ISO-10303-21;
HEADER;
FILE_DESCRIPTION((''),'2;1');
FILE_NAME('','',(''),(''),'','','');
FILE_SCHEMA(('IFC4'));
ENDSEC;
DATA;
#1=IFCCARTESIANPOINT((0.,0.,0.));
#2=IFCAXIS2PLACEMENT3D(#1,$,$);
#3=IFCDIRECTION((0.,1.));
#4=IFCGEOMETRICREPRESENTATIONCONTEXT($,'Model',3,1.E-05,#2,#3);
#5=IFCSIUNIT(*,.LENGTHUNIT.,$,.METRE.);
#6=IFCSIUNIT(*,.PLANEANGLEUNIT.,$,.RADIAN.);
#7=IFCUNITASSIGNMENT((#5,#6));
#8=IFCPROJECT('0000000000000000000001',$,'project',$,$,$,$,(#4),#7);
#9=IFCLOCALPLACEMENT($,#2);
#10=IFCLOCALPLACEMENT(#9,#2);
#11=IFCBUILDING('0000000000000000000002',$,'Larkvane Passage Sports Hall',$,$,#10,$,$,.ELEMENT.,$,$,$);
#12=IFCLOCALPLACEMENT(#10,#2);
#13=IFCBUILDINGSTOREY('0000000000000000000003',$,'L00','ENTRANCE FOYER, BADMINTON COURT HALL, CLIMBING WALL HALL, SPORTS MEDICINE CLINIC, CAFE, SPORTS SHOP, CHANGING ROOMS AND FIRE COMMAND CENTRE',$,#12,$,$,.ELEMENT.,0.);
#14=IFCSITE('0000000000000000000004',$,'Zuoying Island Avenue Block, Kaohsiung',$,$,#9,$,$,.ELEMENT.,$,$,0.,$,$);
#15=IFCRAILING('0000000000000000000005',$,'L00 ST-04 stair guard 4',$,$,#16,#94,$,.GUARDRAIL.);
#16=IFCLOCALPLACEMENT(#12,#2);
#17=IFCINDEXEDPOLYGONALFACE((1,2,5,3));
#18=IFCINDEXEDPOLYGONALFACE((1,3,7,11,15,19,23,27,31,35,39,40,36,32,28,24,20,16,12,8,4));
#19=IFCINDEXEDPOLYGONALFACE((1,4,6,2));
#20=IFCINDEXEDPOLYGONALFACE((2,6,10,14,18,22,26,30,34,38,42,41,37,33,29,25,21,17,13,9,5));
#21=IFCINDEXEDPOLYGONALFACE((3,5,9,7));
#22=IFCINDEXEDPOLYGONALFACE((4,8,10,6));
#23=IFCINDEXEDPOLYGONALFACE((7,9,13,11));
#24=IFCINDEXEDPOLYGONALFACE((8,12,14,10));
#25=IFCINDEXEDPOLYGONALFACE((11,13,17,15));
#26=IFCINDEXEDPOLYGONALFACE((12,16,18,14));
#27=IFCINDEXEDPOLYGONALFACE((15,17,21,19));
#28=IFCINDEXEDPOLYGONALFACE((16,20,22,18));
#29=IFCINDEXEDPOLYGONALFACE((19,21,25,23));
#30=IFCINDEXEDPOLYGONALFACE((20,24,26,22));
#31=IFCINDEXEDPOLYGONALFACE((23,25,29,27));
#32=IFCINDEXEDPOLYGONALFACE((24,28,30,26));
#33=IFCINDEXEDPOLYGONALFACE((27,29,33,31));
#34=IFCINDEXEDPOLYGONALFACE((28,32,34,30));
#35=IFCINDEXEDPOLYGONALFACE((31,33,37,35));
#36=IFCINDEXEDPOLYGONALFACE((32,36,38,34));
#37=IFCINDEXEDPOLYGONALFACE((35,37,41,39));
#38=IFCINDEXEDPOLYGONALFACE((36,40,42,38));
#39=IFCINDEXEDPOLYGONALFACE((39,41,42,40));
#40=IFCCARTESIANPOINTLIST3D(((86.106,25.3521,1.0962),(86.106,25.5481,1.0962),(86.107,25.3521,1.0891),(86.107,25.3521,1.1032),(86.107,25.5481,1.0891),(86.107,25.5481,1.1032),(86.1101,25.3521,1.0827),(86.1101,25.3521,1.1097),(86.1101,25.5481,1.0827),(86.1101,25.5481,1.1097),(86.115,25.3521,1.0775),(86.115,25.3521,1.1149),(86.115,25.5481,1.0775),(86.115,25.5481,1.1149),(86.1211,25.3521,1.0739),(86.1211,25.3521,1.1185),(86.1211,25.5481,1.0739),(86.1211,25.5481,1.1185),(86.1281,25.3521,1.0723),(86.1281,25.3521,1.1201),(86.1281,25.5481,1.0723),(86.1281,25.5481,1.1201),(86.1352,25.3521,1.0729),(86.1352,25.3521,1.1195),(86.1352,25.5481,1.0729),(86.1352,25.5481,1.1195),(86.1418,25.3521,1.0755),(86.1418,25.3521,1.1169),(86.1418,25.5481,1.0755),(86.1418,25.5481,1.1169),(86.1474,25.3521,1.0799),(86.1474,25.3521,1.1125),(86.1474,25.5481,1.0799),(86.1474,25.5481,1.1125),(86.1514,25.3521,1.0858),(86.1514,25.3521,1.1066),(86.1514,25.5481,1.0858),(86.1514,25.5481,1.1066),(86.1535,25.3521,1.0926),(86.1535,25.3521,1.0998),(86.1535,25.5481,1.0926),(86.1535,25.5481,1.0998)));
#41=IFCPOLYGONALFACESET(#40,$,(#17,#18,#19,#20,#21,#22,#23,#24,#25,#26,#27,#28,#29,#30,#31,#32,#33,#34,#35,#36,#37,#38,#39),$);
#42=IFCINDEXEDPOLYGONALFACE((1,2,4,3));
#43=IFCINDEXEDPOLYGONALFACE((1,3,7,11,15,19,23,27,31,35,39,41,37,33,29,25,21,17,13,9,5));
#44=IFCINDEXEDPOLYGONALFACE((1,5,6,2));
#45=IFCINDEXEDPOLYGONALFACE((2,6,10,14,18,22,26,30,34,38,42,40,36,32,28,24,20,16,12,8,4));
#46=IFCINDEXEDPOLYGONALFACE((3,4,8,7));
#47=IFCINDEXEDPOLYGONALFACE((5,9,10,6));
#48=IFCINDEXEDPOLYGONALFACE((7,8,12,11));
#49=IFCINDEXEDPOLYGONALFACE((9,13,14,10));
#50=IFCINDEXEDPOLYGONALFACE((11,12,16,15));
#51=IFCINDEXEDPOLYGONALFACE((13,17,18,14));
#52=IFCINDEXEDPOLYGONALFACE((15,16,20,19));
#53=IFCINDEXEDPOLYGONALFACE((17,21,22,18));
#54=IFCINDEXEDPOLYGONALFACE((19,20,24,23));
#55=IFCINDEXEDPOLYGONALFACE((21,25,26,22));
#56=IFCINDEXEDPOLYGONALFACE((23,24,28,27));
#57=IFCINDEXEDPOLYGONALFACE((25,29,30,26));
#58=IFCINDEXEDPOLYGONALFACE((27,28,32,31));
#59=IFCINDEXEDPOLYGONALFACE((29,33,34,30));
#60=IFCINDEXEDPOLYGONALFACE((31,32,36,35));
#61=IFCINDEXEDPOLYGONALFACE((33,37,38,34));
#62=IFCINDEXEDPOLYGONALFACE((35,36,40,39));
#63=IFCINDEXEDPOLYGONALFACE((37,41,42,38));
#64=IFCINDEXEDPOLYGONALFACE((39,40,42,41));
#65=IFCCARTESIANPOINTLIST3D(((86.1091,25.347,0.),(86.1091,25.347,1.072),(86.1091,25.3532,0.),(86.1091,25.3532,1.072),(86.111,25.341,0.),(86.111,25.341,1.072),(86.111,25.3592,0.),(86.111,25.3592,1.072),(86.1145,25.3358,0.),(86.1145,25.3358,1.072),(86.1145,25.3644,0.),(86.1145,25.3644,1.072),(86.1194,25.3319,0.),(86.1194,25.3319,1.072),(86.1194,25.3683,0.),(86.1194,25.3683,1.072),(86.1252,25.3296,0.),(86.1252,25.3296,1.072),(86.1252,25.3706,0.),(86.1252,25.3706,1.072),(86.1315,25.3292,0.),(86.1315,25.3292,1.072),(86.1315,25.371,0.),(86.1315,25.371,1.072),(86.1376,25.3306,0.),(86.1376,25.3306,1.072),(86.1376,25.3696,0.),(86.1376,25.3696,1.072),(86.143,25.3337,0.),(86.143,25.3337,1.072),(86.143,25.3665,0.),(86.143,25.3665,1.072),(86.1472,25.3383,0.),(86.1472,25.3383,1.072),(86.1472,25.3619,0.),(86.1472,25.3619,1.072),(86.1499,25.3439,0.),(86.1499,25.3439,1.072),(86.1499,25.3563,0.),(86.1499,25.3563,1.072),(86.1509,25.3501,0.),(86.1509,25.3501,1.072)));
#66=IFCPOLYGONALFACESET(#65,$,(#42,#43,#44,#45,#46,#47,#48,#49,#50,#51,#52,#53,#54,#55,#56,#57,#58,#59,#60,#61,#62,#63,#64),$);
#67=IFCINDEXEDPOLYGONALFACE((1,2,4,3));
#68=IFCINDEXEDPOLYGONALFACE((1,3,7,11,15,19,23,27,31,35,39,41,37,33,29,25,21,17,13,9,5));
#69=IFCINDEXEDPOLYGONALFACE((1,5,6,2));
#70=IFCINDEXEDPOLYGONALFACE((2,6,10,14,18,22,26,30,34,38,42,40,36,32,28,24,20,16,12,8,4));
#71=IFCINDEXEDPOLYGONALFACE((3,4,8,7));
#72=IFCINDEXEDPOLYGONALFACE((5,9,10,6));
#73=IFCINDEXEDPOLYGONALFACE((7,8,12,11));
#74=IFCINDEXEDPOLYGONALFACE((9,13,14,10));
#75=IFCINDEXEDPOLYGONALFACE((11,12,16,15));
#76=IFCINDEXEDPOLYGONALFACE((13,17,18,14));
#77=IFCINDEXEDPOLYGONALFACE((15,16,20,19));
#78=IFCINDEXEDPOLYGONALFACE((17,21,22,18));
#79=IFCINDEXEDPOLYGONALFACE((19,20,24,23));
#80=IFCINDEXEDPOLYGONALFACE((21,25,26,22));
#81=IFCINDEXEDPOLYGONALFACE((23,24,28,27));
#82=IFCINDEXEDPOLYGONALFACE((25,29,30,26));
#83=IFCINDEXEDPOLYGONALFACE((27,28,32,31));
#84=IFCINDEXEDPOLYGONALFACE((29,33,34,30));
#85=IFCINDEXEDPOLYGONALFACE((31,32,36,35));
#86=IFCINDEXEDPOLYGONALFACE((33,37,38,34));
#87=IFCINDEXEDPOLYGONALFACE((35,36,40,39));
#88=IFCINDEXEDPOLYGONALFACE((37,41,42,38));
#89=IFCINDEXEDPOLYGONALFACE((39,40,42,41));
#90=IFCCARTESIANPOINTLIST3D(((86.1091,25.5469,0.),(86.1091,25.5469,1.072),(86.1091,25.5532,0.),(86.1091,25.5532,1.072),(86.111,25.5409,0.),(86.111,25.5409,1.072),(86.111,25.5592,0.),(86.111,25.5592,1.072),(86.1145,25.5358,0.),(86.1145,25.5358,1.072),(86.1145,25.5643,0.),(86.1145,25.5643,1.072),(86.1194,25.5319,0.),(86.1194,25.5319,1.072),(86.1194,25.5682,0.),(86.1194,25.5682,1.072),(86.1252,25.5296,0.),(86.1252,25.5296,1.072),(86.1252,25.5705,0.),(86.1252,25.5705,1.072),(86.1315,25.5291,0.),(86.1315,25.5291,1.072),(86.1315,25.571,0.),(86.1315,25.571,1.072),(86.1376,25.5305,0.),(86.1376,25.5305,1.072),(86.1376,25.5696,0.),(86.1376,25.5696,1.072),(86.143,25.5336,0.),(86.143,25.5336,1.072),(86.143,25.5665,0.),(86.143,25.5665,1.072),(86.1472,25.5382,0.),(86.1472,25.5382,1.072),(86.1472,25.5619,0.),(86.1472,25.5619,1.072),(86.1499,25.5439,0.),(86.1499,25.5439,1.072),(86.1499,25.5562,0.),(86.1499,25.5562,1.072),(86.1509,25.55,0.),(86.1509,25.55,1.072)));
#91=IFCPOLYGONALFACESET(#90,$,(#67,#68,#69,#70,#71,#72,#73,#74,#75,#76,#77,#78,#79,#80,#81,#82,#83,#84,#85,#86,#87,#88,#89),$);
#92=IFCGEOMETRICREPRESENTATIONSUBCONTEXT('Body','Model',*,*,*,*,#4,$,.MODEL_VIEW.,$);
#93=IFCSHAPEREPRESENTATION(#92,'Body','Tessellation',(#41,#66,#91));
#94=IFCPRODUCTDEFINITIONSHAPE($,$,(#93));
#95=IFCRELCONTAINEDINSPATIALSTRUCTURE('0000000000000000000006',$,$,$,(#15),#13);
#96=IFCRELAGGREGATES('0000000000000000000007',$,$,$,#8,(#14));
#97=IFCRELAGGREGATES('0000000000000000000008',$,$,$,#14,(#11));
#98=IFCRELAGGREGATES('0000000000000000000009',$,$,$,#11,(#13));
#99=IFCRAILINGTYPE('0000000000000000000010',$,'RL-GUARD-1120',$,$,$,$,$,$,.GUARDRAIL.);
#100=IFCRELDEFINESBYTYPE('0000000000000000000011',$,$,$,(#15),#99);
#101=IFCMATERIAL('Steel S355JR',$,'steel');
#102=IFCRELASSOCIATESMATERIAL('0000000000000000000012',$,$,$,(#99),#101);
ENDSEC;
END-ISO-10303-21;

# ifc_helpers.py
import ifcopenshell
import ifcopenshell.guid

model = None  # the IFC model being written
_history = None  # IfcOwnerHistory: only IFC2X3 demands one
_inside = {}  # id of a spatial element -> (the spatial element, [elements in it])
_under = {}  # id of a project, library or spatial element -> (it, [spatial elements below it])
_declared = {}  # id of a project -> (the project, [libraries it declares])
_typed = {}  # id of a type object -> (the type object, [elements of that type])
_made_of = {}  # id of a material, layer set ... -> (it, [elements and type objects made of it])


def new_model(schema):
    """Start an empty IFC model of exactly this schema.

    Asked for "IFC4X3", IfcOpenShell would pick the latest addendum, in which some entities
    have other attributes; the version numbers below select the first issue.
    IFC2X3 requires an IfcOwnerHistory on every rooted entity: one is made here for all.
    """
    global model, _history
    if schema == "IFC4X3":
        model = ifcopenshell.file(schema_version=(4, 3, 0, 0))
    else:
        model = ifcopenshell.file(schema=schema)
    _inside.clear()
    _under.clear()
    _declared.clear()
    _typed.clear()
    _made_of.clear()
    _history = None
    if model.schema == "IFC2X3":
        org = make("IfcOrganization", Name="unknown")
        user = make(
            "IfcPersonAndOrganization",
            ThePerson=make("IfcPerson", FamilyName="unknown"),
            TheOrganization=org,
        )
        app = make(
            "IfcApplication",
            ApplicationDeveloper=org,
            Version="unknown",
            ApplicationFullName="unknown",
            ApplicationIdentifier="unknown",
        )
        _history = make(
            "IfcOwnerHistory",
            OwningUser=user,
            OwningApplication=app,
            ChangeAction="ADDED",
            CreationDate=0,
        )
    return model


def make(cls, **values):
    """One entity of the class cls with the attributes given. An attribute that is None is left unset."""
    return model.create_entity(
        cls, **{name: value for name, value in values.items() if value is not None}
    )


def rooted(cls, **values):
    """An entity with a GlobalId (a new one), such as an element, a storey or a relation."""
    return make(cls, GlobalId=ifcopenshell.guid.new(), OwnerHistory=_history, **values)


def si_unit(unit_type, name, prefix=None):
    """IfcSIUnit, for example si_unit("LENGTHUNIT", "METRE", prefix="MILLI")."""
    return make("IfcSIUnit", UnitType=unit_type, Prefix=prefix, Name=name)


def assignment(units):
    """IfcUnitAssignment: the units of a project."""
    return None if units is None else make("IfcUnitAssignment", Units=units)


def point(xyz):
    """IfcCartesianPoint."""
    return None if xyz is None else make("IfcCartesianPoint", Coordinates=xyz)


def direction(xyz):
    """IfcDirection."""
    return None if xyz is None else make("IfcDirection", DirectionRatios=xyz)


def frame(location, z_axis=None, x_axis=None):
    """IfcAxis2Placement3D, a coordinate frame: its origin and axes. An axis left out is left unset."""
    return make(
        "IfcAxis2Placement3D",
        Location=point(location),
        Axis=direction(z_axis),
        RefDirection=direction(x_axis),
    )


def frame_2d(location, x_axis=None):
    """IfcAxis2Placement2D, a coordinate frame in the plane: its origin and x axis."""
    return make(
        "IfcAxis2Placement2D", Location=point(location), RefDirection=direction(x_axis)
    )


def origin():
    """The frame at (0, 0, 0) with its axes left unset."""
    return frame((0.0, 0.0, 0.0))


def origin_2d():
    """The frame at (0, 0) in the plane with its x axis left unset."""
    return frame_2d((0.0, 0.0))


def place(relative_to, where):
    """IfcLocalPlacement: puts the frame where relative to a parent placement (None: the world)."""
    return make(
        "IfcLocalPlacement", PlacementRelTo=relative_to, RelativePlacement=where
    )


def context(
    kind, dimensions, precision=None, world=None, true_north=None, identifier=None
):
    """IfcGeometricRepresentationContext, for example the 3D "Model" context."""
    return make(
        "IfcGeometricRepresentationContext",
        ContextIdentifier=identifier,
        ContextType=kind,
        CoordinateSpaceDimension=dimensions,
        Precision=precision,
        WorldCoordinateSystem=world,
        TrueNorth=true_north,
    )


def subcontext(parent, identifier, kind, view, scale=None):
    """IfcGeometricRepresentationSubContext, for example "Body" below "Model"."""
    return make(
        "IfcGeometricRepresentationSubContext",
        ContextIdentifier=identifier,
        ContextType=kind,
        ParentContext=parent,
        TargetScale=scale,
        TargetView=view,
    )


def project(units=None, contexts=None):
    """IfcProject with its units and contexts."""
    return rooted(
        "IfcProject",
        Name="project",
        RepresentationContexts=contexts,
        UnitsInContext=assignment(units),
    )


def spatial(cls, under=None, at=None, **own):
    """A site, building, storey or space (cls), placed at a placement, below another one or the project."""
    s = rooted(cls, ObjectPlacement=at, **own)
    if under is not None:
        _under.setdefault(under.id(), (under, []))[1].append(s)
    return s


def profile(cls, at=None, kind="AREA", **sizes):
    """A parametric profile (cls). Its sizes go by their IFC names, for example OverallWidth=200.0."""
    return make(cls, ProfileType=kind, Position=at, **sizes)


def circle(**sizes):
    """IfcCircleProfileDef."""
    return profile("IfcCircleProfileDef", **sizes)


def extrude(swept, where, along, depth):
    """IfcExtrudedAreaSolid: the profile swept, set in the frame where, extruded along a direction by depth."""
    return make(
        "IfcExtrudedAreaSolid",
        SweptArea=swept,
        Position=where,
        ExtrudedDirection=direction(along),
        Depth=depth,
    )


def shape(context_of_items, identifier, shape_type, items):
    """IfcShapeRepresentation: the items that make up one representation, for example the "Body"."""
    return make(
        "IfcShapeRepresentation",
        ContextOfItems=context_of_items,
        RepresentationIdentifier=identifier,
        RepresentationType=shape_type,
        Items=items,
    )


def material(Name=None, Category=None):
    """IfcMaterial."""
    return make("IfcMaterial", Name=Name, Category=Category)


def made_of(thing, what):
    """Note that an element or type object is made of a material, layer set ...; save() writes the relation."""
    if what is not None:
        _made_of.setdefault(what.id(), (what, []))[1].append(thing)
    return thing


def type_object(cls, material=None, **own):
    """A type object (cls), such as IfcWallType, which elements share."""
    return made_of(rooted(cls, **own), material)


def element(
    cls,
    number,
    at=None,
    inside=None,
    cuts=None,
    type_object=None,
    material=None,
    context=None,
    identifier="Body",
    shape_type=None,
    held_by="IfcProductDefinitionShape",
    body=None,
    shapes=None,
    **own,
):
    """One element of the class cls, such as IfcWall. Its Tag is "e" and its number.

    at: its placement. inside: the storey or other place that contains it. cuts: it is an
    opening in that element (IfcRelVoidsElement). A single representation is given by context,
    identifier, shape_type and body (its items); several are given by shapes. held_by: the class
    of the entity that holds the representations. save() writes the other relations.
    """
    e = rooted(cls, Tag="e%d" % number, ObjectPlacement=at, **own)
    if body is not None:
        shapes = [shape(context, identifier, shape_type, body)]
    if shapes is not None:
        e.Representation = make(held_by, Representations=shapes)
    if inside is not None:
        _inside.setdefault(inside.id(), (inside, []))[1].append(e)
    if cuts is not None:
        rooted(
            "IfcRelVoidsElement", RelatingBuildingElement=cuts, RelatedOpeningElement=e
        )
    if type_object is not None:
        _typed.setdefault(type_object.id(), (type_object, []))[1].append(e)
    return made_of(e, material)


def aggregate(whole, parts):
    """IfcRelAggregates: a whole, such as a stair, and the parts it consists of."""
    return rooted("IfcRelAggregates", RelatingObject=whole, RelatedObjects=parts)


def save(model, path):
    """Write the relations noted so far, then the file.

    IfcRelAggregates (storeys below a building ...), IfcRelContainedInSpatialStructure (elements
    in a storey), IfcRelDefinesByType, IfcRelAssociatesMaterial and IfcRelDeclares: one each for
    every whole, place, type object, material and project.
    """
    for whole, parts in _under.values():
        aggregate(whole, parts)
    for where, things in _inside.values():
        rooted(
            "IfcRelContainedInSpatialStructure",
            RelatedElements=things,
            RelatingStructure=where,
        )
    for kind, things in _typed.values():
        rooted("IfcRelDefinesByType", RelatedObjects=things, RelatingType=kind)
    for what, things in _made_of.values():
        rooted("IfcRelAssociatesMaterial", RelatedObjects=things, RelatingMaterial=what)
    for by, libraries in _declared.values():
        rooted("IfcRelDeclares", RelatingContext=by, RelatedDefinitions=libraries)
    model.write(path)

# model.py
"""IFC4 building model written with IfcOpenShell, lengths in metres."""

from ifc_helpers import new_model, si_unit, direction, frame, origin, origin_2d, place, context, subcontext, project, spatial, circle, extrude, material, type_object, element, save


model = new_model("IFC4")

# Units and contexts
model_context = context("Model", 3, precision=1e-05, world=origin(), true_north=direction((0.0, 1.0)))
body_context = subcontext(model_context, "Body", "Model", "MODEL_VIEW")
ifc_project = project(units=[si_unit("LENGTHUNIT", "METRE"), si_unit("PLANEANGLEUNIT", "RADIAN")], contexts=[model_context])

# Site, building, storey
site_placement = place(None, origin())
site = spatial("IfcSite", under=ifc_project, at=site_placement, Name="Zuoying Island Avenue Block, Kaohsiung", CompositionType="ELEMENT", RefElevation=0.0)
building_placement = place(site_placement, origin())
building = spatial("IfcBuilding", under=site, at=building_placement, Name="Larkvane Passage Sports Hall", CompositionType="ELEMENT")
storey_placement = place(building_placement, origin())
storey = spatial("IfcBuildingStorey", under=building, at=storey_placement, Name="L00", Description="ENTRANCE FOYER, BADMINTON COURT HALL, CLIMBING WALL HALL, SPORTS MEDICINE CLINIC, CAFE, SPORTS SHOP, CHANGING ROOMS AND FIRE COMMAND CENTRE", CompositionType="ELEMENT", Elevation=0.0)

# Railing
ifc_material_1 = material(Name="Steel S355JR", Category="steel")
railing_type_1 = type_object("IfcRailingType", Name="RL-GUARD-1120", PredefinedType="GUARDRAIL", material=ifc_material_1)
railing_1_placement = place(storey_placement, frame((86.1299, 25.3501, 0.0)))
element("IfcRailing", 1, at=railing_1_placement, inside=storey, type_object=railing_type_1, Name="L00 ST-04 stair guard 4", PredefinedType="GUARDRAIL", context=body_context, shape_type="SweptSolid", body=[
    extrude(circle(Radius=0.0239, at=origin_2d()), frame((0.0, 0.002, 1.0962), z_axis=(0.0, 1.0, 0.0), x_axis=(-1.0, 0.0, 0.0)), (0.0, 0.0, 1.0), 0.196),
    extrude(circle(Radius=0.021, at=origin_2d()), origin(), (0.0, 0.0, 1.0), 1.072),
    extrude(circle(Radius=0.021, at=origin_2d()), frame((0.0, 0.2, 0.0)), (0.0, 0.0, 1.0), 1.072),
])

save(model, "model.ifc")
